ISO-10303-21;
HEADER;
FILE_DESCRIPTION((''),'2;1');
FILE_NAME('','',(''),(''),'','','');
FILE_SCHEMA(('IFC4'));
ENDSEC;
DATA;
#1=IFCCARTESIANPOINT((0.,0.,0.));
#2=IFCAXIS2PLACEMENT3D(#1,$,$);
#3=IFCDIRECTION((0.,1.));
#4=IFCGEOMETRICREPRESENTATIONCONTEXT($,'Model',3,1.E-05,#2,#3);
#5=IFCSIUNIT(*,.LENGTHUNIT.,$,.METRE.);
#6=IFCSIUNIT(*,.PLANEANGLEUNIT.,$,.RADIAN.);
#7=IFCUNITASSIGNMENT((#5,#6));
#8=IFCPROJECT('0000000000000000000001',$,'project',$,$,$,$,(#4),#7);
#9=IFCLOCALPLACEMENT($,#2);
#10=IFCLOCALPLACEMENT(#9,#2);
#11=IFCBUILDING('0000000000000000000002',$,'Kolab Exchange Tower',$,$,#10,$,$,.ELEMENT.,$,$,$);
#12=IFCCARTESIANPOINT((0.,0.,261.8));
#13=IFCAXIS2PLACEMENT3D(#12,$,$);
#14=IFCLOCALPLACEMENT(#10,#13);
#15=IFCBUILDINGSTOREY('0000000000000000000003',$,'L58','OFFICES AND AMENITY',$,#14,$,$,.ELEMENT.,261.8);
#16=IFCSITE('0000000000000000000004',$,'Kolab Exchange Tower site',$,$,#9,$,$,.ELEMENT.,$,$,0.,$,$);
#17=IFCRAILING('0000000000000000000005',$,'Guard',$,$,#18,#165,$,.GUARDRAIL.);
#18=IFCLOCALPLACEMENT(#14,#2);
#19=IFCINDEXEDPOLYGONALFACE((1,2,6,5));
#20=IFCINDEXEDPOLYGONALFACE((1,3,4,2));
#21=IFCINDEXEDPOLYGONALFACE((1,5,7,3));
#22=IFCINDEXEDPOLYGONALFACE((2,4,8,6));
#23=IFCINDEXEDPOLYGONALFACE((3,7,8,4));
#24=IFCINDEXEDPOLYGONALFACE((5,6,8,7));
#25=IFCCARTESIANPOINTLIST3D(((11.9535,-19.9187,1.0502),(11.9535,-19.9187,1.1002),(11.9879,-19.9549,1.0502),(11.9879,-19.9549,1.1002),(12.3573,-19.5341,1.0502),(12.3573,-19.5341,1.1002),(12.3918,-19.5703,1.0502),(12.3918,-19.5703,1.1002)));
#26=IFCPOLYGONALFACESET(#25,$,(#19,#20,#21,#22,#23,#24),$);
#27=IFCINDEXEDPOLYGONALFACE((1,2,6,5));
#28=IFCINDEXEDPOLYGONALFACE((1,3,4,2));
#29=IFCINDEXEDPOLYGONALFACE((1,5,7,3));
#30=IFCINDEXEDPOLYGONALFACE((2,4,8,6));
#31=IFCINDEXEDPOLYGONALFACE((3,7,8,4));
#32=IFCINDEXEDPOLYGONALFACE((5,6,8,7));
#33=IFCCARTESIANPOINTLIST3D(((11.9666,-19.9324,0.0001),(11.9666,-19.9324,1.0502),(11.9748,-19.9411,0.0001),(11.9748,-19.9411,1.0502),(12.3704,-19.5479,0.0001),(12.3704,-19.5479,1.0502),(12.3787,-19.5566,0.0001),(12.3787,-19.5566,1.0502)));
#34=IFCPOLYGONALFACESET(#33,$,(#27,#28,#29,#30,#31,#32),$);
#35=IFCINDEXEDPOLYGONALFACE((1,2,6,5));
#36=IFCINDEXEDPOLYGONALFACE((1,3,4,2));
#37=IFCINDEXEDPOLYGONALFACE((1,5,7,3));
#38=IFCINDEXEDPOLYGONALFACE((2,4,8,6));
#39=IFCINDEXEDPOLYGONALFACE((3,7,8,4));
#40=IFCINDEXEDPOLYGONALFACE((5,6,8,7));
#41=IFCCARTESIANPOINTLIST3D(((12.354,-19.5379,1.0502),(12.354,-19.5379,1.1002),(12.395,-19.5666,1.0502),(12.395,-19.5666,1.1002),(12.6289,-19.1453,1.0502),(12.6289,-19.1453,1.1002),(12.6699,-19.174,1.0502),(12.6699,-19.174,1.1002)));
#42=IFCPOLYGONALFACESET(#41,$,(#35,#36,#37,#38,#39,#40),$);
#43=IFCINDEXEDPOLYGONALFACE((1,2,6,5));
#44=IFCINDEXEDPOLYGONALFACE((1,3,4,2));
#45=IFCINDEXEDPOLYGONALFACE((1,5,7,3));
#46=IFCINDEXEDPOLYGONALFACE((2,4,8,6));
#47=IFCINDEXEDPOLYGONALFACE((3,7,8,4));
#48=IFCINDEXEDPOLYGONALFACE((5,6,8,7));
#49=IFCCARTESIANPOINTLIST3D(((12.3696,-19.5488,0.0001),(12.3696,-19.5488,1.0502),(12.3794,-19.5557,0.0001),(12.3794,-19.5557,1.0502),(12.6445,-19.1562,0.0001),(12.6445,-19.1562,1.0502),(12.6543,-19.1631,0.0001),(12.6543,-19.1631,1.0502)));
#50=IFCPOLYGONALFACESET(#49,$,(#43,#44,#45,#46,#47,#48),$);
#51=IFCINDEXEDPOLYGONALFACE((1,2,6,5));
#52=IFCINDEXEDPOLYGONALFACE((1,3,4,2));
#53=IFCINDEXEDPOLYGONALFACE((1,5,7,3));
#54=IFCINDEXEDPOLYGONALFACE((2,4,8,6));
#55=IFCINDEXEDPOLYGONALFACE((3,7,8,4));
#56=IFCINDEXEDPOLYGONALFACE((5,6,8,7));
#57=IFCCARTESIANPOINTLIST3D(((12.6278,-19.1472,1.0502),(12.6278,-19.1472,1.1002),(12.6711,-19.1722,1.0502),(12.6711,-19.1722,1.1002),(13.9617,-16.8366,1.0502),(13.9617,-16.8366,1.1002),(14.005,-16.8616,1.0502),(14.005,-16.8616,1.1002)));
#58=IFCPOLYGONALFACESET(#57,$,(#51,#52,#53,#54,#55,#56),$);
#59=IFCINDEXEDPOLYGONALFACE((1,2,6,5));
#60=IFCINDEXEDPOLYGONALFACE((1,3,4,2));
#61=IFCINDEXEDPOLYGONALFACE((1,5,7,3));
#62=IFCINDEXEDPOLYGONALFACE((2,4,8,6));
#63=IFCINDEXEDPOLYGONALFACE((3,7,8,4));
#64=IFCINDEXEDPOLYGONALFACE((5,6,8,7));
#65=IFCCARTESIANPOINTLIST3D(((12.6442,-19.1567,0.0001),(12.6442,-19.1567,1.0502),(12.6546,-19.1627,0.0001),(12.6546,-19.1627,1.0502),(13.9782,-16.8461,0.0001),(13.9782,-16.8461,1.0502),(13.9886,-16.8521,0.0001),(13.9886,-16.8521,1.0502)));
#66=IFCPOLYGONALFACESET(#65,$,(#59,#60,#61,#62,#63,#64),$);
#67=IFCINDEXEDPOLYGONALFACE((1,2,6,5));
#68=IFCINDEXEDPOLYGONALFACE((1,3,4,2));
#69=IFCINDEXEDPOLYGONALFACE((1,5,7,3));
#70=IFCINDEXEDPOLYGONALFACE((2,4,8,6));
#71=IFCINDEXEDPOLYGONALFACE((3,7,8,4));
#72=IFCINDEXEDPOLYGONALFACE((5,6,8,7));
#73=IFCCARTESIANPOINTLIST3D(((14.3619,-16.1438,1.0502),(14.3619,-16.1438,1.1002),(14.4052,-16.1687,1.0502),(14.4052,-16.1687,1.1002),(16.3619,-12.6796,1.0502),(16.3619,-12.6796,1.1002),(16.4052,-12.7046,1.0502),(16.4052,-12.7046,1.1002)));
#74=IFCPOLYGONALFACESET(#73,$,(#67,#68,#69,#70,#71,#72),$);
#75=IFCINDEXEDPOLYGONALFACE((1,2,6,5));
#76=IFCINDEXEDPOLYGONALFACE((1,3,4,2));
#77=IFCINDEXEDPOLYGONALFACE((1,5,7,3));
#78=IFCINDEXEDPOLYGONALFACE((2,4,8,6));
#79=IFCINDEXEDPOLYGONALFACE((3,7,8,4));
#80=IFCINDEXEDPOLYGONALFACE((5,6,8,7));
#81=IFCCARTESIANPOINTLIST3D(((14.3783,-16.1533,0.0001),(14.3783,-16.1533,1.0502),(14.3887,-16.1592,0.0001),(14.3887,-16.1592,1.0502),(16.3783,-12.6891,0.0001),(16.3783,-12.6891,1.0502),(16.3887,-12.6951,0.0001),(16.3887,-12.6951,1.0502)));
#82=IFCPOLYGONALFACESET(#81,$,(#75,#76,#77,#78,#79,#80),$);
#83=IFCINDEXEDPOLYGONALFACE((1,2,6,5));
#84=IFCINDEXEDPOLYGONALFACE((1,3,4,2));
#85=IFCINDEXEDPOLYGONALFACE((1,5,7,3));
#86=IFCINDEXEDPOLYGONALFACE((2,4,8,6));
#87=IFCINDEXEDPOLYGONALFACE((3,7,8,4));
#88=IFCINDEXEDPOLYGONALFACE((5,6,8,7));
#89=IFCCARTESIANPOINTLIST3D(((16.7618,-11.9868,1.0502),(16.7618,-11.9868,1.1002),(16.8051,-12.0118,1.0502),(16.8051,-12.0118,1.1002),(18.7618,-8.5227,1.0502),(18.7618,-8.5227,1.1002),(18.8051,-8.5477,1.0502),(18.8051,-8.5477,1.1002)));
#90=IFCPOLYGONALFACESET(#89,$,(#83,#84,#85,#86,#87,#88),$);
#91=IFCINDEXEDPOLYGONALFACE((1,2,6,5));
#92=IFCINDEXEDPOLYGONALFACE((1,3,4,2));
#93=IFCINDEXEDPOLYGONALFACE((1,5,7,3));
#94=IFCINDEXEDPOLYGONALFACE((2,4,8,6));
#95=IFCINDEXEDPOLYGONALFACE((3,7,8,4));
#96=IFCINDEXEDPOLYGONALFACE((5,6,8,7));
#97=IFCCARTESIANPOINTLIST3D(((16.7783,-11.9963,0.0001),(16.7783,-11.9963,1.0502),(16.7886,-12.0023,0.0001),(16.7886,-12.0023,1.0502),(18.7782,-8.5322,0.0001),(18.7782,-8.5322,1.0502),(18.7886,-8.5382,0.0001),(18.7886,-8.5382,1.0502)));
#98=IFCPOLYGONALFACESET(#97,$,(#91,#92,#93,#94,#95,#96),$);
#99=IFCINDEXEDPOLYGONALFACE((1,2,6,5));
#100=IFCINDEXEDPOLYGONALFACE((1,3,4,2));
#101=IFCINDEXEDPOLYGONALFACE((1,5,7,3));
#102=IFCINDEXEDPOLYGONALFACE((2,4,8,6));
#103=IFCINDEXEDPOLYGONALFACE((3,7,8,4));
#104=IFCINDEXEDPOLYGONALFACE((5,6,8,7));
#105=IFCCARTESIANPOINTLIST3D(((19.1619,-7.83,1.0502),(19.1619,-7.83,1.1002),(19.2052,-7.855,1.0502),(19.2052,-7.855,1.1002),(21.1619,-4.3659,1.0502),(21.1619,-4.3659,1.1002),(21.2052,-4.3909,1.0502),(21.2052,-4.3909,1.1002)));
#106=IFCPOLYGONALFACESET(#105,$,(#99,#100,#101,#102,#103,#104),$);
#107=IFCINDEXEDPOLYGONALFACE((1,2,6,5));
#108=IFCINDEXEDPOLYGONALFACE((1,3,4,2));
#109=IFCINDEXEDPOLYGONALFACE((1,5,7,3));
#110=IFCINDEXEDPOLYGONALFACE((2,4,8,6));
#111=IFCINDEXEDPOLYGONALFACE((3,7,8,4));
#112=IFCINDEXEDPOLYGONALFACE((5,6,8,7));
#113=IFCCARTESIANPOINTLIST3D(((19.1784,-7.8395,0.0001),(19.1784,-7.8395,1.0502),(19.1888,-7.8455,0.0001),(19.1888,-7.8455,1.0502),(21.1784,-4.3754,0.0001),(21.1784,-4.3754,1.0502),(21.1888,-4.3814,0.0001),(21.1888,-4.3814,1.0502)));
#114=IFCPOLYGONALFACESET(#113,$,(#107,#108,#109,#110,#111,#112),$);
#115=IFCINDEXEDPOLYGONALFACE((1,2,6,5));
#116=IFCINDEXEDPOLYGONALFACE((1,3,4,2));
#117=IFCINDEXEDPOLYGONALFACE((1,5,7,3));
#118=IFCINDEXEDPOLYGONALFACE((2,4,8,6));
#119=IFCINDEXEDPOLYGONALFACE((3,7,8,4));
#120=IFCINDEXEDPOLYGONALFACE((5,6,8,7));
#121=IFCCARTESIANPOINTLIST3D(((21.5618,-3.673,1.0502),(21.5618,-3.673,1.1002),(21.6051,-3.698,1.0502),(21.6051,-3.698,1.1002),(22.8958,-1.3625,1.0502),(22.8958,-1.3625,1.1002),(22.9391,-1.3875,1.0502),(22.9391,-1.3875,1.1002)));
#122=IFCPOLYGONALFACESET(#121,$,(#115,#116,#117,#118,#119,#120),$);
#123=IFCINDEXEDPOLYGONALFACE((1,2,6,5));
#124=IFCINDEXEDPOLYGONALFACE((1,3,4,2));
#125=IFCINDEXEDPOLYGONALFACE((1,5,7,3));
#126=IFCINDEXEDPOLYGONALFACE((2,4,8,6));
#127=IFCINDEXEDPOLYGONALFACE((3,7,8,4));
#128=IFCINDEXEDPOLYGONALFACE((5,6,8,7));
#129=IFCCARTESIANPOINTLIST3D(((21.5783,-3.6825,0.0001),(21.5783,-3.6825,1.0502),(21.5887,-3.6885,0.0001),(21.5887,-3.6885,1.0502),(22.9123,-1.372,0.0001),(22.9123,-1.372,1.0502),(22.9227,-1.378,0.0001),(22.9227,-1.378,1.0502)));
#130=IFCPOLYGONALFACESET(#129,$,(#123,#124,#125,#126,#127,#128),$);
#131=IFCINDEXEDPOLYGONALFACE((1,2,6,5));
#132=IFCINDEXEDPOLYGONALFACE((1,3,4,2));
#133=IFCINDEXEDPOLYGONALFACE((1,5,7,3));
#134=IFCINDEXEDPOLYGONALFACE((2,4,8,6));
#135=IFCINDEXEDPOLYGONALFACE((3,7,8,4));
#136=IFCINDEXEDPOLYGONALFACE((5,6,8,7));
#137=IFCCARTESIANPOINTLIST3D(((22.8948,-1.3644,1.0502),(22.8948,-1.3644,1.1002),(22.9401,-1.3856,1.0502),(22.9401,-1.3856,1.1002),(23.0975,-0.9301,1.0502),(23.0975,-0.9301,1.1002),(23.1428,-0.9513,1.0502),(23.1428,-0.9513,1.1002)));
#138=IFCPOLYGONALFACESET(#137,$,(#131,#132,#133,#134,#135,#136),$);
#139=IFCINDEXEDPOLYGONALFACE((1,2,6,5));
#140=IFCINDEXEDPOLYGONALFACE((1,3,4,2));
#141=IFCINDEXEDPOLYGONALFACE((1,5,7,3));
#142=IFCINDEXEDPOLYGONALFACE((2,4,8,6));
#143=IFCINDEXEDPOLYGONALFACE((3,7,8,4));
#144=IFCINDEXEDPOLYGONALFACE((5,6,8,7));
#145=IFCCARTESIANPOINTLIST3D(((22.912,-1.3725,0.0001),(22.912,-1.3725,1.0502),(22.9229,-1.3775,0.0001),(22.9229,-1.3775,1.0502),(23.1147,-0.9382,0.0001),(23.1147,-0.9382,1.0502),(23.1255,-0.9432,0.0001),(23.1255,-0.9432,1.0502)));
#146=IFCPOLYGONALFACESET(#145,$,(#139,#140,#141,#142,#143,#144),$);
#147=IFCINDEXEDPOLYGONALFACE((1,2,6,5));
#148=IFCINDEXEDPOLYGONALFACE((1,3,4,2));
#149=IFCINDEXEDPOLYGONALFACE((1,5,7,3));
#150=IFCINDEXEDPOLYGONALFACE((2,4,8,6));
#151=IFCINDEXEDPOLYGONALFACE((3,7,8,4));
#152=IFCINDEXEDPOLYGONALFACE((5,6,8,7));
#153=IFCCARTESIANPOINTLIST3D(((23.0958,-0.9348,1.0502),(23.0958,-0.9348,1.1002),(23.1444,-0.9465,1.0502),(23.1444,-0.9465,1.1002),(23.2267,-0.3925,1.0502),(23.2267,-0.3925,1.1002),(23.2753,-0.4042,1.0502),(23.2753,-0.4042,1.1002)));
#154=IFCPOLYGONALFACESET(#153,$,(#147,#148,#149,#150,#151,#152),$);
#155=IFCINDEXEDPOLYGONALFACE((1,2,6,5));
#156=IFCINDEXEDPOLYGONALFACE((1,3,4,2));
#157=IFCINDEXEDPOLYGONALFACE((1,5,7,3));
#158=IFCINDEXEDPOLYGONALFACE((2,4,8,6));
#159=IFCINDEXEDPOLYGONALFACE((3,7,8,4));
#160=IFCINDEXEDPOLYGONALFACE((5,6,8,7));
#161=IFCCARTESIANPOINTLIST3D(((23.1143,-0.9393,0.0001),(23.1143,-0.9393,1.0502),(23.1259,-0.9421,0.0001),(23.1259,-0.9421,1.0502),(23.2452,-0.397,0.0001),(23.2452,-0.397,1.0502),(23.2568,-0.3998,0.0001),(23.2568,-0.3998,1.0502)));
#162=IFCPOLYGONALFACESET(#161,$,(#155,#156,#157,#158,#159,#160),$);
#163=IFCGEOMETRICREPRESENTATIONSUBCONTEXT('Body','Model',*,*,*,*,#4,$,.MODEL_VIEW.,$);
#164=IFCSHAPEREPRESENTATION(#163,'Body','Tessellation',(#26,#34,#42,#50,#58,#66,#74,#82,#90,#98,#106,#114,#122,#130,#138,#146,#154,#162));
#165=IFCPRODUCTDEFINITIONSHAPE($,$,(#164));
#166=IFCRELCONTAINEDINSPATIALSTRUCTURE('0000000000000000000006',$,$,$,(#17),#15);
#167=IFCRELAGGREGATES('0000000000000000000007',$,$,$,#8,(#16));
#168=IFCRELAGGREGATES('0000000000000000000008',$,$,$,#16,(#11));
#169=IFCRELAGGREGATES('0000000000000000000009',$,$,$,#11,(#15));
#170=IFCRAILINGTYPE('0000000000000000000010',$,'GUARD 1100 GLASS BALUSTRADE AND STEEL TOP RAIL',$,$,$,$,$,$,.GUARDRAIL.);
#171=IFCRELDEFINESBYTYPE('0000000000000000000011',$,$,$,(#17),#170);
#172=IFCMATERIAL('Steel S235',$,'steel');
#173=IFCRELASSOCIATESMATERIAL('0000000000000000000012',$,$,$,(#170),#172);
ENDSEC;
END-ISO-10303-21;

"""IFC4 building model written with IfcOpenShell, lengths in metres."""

from ifc_helpers import new_model, si_unit, direction, frame, frame_2d, origin, origin_2d, place, context, subcontext, project, spatial, rectangle, extrude, material, type_object, element, save


model = new_model("IFC4")

# Units and contexts
model_context = context("Model", 3, precision=1e-05, world=origin(), true_north=direction((0.0, 1.0)))
body_context = subcontext(model_context, "Body", "Model", "MODEL_VIEW")
ifc_project = project(units=[si_unit("LENGTHUNIT", "METRE"), si_unit("PLANEANGLEUNIT", "RADIAN")], contexts=[model_context])

# Site, building, storey
site_placement = place(None, origin())
site = spatial("IfcSite", under=ifc_project, at=site_placement, Name="Kolab Exchange Tower site", CompositionType="ELEMENT", RefElevation=0.0)
building_placement = place(site_placement, origin())
building = spatial("IfcBuilding", under=site, at=building_placement, Name="Kolab Exchange Tower", CompositionType="ELEMENT")
storey_placement = place(building_placement, frame((0.0, 0.0, 261.8)))
storey = spatial("IfcBuildingStorey", under=building, at=storey_placement, Name="L58", Description="OFFICES AND AMENITY", CompositionType="ELEMENT", Elevation=261.8)

# Railing
ifc_material_1 = material(Name="Steel S235", Category="steel")
railing_type = type_object("IfcRailingType", Name="GUARD 1100 GLASS BALUSTRADE AND STEEL TOP RAIL", PredefinedType="GUARDRAIL", material=ifc_material_1)
railing_placement = place(storey_placement, frame((11.9707, -19.9368, 0.0)))
element("IfcRailing", 1, at=railing_placement, inside=storey, type_object=railing_type, Name="Guard", PredefinedType="GUARDRAIL", context=body_context, shape_type="SweptSolid", body=[
    extrude(rectangle(XDim=0.05, YDim=0.05, at=origin_2d()), frame((0.0, 0.0, 1.0752), z_axis=(0.72419, 0.689601, 0.0), x_axis=(-0.689601, 0.72419, 0.0)), (0.0, 0.0, 1.0), 0.5576),
    extrude(rectangle(XDim=0.012, YDim=1.0501, at=frame_2d((0.0, 0.5251))), frame((0.0, 0.0, 0.0), z_axis=(0.72419, 0.689601, 0.0), x_axis=(-0.689601, 0.72419, 0.0)), (0.0, 0.0, 1.0), 0.5576),
    extrude(rectangle(XDim=0.05, YDim=0.05, at=origin_2d()), frame((0.4038, 0.3845, 1.0752), z_axis=(0.573599, 0.819136, 0.0), x_axis=(-0.819136, 0.573599, 0.0)), (0.0, 0.0, 1.0), 0.4792),
    extrude(rectangle(XDim=0.012, YDim=1.0501, at=frame_2d((0.0, 0.5251))), frame((0.4038, 0.3845, 0.0), z_axis=(0.573599, 0.819136, 0.0), x_axis=(-0.819136, 0.573599, 0.0)), (0.0, 0.0, 1.0), 0.4792),
    extrude(rectangle(XDim=0.05, YDim=0.05, at=origin_2d()), frame((0.6787, 0.7771, 1.0752), z_axis=(0.499997, 0.866027, 0.0), x_axis=(-0.866027, 0.499997, 0.0)), (0.0, 0.0, 1.0), 2.668),
    extrude(rectangle(XDim=0.012, YDim=1.0501, at=frame_2d((0.0, 0.5251))), frame((0.6787, 0.7771, 0.0), z_axis=(0.499997, 0.866027, 0.0), x_axis=(-0.866027, 0.499997, 0.0)), (0.0, 0.0, 1.0), 2.668),
    extrude(rectangle(XDim=0.05, YDim=0.05, at=origin_2d()), frame((2.4128, 3.7805, 1.0752), z_axis=(0.499999, 0.866026, 0.0), x_axis=(-0.866026, 0.499999, 0.0)), (0.0, 0.0, 1.0), 4.0),
    extrude(rectangle(XDim=0.012, YDim=1.0501, at=frame_2d((0.0, 0.5251))), frame((2.4128, 3.7805, 0.0), z_axis=(0.499999, 0.866026, 0.0), x_axis=(-0.866026, 0.499999, 0.0)), (0.0, 0.0, 1.0), 4.0),
    extrude(rectangle(XDim=0.05, YDim=0.05, at=origin_2d()), frame((4.8127, 7.9375, 1.0752), z_axis=(0.499999, 0.866026, 0.0), x_axis=(-0.866026, 0.499999, 0.0)), (0.0, 0.0, 1.0), 4.0),
    extrude(rectangle(XDim=0.012, YDim=1.0501, at=frame_2d((0.0, 0.5251))), frame((4.8127, 7.9375, 0.0), z_axis=(0.499999, 0.866026, 0.0), x_axis=(-0.866026, 0.499999, 0.0)), (0.0, 0.0, 1.0), 4.0),
    extrude(rectangle(XDim=0.05, YDim=0.05, at=origin_2d()), frame((7.2129, 12.0942, 1.0752), z_axis=(0.499999, 0.866026, 0.0), x_axis=(-0.866026, 0.499999, 0.0)), (0.0, 0.0, 1.0), 4.0),
    extrude(rectangle(XDim=0.012, YDim=1.0501, at=frame_2d((0.0, 0.5251))), frame((7.2129, 12.0942, 0.0), z_axis=(0.499999, 0.866026, 0.0), x_axis=(-0.866026, 0.499999, 0.0)), (0.0, 0.0, 1.0), 4.0),
    extrude(rectangle(XDim=0.05, YDim=0.05, at=origin_2d()), frame((9.6128, 16.2512, 1.0752), z_axis=(0.499997, 0.866027, 0.0), x_axis=(-0.866027, 0.499997, 0.0)), (0.0, 0.0, 1.0), 2.668),
    extrude(rectangle(XDim=0.012, YDim=1.0501, at=frame_2d((0.0, 0.5251))), frame((9.6128, 16.2512, 0.0), z_axis=(0.499997, 0.866027, 0.0), x_axis=(-0.866027, 0.499997, 0.0)), (0.0, 0.0, 1.0), 2.668),
    extrude(rectangle(XDim=0.05, YDim=0.05, at=origin_2d()), frame((10.9468, 18.5618, 1.0752), z_axis=(0.422802, 0.906222, 0.0), x_axis=(-0.906222, 0.422802, 0.0)), (0.0, 0.0, 1.0), 0.4792),
    extrude(rectangle(XDim=0.012, YDim=1.0501, at=frame_2d((0.0, 0.5251))), frame((10.9468, 18.5618, 0.0), z_axis=(0.422802, 0.906222, 0.0), x_axis=(-0.906222, 0.422802, 0.0)), (0.0, 0.0, 1.0), 0.4792),
    extrude(rectangle(XDim=0.05, YDim=0.05, at=origin_2d()), frame((11.1494, 18.9961, 1.0752), z_axis=(0.234598, 0.972093, 0.0), x_axis=(-0.972093, 0.234598, 0.0)), (0.0, 0.0, 1.0), 0.5579),
    extrude(rectangle(XDim=0.012, YDim=1.0501, at=frame_2d((0.0, 0.5251))), frame((11.1494, 18.9961, 0.0), z_axis=(0.234598, 0.972093, 0.0), x_axis=(-0.972093, 0.234598, 0.0)), (0.0, 0.0, 1.0), 0.5579),
])

save(model, "model.ifc")
